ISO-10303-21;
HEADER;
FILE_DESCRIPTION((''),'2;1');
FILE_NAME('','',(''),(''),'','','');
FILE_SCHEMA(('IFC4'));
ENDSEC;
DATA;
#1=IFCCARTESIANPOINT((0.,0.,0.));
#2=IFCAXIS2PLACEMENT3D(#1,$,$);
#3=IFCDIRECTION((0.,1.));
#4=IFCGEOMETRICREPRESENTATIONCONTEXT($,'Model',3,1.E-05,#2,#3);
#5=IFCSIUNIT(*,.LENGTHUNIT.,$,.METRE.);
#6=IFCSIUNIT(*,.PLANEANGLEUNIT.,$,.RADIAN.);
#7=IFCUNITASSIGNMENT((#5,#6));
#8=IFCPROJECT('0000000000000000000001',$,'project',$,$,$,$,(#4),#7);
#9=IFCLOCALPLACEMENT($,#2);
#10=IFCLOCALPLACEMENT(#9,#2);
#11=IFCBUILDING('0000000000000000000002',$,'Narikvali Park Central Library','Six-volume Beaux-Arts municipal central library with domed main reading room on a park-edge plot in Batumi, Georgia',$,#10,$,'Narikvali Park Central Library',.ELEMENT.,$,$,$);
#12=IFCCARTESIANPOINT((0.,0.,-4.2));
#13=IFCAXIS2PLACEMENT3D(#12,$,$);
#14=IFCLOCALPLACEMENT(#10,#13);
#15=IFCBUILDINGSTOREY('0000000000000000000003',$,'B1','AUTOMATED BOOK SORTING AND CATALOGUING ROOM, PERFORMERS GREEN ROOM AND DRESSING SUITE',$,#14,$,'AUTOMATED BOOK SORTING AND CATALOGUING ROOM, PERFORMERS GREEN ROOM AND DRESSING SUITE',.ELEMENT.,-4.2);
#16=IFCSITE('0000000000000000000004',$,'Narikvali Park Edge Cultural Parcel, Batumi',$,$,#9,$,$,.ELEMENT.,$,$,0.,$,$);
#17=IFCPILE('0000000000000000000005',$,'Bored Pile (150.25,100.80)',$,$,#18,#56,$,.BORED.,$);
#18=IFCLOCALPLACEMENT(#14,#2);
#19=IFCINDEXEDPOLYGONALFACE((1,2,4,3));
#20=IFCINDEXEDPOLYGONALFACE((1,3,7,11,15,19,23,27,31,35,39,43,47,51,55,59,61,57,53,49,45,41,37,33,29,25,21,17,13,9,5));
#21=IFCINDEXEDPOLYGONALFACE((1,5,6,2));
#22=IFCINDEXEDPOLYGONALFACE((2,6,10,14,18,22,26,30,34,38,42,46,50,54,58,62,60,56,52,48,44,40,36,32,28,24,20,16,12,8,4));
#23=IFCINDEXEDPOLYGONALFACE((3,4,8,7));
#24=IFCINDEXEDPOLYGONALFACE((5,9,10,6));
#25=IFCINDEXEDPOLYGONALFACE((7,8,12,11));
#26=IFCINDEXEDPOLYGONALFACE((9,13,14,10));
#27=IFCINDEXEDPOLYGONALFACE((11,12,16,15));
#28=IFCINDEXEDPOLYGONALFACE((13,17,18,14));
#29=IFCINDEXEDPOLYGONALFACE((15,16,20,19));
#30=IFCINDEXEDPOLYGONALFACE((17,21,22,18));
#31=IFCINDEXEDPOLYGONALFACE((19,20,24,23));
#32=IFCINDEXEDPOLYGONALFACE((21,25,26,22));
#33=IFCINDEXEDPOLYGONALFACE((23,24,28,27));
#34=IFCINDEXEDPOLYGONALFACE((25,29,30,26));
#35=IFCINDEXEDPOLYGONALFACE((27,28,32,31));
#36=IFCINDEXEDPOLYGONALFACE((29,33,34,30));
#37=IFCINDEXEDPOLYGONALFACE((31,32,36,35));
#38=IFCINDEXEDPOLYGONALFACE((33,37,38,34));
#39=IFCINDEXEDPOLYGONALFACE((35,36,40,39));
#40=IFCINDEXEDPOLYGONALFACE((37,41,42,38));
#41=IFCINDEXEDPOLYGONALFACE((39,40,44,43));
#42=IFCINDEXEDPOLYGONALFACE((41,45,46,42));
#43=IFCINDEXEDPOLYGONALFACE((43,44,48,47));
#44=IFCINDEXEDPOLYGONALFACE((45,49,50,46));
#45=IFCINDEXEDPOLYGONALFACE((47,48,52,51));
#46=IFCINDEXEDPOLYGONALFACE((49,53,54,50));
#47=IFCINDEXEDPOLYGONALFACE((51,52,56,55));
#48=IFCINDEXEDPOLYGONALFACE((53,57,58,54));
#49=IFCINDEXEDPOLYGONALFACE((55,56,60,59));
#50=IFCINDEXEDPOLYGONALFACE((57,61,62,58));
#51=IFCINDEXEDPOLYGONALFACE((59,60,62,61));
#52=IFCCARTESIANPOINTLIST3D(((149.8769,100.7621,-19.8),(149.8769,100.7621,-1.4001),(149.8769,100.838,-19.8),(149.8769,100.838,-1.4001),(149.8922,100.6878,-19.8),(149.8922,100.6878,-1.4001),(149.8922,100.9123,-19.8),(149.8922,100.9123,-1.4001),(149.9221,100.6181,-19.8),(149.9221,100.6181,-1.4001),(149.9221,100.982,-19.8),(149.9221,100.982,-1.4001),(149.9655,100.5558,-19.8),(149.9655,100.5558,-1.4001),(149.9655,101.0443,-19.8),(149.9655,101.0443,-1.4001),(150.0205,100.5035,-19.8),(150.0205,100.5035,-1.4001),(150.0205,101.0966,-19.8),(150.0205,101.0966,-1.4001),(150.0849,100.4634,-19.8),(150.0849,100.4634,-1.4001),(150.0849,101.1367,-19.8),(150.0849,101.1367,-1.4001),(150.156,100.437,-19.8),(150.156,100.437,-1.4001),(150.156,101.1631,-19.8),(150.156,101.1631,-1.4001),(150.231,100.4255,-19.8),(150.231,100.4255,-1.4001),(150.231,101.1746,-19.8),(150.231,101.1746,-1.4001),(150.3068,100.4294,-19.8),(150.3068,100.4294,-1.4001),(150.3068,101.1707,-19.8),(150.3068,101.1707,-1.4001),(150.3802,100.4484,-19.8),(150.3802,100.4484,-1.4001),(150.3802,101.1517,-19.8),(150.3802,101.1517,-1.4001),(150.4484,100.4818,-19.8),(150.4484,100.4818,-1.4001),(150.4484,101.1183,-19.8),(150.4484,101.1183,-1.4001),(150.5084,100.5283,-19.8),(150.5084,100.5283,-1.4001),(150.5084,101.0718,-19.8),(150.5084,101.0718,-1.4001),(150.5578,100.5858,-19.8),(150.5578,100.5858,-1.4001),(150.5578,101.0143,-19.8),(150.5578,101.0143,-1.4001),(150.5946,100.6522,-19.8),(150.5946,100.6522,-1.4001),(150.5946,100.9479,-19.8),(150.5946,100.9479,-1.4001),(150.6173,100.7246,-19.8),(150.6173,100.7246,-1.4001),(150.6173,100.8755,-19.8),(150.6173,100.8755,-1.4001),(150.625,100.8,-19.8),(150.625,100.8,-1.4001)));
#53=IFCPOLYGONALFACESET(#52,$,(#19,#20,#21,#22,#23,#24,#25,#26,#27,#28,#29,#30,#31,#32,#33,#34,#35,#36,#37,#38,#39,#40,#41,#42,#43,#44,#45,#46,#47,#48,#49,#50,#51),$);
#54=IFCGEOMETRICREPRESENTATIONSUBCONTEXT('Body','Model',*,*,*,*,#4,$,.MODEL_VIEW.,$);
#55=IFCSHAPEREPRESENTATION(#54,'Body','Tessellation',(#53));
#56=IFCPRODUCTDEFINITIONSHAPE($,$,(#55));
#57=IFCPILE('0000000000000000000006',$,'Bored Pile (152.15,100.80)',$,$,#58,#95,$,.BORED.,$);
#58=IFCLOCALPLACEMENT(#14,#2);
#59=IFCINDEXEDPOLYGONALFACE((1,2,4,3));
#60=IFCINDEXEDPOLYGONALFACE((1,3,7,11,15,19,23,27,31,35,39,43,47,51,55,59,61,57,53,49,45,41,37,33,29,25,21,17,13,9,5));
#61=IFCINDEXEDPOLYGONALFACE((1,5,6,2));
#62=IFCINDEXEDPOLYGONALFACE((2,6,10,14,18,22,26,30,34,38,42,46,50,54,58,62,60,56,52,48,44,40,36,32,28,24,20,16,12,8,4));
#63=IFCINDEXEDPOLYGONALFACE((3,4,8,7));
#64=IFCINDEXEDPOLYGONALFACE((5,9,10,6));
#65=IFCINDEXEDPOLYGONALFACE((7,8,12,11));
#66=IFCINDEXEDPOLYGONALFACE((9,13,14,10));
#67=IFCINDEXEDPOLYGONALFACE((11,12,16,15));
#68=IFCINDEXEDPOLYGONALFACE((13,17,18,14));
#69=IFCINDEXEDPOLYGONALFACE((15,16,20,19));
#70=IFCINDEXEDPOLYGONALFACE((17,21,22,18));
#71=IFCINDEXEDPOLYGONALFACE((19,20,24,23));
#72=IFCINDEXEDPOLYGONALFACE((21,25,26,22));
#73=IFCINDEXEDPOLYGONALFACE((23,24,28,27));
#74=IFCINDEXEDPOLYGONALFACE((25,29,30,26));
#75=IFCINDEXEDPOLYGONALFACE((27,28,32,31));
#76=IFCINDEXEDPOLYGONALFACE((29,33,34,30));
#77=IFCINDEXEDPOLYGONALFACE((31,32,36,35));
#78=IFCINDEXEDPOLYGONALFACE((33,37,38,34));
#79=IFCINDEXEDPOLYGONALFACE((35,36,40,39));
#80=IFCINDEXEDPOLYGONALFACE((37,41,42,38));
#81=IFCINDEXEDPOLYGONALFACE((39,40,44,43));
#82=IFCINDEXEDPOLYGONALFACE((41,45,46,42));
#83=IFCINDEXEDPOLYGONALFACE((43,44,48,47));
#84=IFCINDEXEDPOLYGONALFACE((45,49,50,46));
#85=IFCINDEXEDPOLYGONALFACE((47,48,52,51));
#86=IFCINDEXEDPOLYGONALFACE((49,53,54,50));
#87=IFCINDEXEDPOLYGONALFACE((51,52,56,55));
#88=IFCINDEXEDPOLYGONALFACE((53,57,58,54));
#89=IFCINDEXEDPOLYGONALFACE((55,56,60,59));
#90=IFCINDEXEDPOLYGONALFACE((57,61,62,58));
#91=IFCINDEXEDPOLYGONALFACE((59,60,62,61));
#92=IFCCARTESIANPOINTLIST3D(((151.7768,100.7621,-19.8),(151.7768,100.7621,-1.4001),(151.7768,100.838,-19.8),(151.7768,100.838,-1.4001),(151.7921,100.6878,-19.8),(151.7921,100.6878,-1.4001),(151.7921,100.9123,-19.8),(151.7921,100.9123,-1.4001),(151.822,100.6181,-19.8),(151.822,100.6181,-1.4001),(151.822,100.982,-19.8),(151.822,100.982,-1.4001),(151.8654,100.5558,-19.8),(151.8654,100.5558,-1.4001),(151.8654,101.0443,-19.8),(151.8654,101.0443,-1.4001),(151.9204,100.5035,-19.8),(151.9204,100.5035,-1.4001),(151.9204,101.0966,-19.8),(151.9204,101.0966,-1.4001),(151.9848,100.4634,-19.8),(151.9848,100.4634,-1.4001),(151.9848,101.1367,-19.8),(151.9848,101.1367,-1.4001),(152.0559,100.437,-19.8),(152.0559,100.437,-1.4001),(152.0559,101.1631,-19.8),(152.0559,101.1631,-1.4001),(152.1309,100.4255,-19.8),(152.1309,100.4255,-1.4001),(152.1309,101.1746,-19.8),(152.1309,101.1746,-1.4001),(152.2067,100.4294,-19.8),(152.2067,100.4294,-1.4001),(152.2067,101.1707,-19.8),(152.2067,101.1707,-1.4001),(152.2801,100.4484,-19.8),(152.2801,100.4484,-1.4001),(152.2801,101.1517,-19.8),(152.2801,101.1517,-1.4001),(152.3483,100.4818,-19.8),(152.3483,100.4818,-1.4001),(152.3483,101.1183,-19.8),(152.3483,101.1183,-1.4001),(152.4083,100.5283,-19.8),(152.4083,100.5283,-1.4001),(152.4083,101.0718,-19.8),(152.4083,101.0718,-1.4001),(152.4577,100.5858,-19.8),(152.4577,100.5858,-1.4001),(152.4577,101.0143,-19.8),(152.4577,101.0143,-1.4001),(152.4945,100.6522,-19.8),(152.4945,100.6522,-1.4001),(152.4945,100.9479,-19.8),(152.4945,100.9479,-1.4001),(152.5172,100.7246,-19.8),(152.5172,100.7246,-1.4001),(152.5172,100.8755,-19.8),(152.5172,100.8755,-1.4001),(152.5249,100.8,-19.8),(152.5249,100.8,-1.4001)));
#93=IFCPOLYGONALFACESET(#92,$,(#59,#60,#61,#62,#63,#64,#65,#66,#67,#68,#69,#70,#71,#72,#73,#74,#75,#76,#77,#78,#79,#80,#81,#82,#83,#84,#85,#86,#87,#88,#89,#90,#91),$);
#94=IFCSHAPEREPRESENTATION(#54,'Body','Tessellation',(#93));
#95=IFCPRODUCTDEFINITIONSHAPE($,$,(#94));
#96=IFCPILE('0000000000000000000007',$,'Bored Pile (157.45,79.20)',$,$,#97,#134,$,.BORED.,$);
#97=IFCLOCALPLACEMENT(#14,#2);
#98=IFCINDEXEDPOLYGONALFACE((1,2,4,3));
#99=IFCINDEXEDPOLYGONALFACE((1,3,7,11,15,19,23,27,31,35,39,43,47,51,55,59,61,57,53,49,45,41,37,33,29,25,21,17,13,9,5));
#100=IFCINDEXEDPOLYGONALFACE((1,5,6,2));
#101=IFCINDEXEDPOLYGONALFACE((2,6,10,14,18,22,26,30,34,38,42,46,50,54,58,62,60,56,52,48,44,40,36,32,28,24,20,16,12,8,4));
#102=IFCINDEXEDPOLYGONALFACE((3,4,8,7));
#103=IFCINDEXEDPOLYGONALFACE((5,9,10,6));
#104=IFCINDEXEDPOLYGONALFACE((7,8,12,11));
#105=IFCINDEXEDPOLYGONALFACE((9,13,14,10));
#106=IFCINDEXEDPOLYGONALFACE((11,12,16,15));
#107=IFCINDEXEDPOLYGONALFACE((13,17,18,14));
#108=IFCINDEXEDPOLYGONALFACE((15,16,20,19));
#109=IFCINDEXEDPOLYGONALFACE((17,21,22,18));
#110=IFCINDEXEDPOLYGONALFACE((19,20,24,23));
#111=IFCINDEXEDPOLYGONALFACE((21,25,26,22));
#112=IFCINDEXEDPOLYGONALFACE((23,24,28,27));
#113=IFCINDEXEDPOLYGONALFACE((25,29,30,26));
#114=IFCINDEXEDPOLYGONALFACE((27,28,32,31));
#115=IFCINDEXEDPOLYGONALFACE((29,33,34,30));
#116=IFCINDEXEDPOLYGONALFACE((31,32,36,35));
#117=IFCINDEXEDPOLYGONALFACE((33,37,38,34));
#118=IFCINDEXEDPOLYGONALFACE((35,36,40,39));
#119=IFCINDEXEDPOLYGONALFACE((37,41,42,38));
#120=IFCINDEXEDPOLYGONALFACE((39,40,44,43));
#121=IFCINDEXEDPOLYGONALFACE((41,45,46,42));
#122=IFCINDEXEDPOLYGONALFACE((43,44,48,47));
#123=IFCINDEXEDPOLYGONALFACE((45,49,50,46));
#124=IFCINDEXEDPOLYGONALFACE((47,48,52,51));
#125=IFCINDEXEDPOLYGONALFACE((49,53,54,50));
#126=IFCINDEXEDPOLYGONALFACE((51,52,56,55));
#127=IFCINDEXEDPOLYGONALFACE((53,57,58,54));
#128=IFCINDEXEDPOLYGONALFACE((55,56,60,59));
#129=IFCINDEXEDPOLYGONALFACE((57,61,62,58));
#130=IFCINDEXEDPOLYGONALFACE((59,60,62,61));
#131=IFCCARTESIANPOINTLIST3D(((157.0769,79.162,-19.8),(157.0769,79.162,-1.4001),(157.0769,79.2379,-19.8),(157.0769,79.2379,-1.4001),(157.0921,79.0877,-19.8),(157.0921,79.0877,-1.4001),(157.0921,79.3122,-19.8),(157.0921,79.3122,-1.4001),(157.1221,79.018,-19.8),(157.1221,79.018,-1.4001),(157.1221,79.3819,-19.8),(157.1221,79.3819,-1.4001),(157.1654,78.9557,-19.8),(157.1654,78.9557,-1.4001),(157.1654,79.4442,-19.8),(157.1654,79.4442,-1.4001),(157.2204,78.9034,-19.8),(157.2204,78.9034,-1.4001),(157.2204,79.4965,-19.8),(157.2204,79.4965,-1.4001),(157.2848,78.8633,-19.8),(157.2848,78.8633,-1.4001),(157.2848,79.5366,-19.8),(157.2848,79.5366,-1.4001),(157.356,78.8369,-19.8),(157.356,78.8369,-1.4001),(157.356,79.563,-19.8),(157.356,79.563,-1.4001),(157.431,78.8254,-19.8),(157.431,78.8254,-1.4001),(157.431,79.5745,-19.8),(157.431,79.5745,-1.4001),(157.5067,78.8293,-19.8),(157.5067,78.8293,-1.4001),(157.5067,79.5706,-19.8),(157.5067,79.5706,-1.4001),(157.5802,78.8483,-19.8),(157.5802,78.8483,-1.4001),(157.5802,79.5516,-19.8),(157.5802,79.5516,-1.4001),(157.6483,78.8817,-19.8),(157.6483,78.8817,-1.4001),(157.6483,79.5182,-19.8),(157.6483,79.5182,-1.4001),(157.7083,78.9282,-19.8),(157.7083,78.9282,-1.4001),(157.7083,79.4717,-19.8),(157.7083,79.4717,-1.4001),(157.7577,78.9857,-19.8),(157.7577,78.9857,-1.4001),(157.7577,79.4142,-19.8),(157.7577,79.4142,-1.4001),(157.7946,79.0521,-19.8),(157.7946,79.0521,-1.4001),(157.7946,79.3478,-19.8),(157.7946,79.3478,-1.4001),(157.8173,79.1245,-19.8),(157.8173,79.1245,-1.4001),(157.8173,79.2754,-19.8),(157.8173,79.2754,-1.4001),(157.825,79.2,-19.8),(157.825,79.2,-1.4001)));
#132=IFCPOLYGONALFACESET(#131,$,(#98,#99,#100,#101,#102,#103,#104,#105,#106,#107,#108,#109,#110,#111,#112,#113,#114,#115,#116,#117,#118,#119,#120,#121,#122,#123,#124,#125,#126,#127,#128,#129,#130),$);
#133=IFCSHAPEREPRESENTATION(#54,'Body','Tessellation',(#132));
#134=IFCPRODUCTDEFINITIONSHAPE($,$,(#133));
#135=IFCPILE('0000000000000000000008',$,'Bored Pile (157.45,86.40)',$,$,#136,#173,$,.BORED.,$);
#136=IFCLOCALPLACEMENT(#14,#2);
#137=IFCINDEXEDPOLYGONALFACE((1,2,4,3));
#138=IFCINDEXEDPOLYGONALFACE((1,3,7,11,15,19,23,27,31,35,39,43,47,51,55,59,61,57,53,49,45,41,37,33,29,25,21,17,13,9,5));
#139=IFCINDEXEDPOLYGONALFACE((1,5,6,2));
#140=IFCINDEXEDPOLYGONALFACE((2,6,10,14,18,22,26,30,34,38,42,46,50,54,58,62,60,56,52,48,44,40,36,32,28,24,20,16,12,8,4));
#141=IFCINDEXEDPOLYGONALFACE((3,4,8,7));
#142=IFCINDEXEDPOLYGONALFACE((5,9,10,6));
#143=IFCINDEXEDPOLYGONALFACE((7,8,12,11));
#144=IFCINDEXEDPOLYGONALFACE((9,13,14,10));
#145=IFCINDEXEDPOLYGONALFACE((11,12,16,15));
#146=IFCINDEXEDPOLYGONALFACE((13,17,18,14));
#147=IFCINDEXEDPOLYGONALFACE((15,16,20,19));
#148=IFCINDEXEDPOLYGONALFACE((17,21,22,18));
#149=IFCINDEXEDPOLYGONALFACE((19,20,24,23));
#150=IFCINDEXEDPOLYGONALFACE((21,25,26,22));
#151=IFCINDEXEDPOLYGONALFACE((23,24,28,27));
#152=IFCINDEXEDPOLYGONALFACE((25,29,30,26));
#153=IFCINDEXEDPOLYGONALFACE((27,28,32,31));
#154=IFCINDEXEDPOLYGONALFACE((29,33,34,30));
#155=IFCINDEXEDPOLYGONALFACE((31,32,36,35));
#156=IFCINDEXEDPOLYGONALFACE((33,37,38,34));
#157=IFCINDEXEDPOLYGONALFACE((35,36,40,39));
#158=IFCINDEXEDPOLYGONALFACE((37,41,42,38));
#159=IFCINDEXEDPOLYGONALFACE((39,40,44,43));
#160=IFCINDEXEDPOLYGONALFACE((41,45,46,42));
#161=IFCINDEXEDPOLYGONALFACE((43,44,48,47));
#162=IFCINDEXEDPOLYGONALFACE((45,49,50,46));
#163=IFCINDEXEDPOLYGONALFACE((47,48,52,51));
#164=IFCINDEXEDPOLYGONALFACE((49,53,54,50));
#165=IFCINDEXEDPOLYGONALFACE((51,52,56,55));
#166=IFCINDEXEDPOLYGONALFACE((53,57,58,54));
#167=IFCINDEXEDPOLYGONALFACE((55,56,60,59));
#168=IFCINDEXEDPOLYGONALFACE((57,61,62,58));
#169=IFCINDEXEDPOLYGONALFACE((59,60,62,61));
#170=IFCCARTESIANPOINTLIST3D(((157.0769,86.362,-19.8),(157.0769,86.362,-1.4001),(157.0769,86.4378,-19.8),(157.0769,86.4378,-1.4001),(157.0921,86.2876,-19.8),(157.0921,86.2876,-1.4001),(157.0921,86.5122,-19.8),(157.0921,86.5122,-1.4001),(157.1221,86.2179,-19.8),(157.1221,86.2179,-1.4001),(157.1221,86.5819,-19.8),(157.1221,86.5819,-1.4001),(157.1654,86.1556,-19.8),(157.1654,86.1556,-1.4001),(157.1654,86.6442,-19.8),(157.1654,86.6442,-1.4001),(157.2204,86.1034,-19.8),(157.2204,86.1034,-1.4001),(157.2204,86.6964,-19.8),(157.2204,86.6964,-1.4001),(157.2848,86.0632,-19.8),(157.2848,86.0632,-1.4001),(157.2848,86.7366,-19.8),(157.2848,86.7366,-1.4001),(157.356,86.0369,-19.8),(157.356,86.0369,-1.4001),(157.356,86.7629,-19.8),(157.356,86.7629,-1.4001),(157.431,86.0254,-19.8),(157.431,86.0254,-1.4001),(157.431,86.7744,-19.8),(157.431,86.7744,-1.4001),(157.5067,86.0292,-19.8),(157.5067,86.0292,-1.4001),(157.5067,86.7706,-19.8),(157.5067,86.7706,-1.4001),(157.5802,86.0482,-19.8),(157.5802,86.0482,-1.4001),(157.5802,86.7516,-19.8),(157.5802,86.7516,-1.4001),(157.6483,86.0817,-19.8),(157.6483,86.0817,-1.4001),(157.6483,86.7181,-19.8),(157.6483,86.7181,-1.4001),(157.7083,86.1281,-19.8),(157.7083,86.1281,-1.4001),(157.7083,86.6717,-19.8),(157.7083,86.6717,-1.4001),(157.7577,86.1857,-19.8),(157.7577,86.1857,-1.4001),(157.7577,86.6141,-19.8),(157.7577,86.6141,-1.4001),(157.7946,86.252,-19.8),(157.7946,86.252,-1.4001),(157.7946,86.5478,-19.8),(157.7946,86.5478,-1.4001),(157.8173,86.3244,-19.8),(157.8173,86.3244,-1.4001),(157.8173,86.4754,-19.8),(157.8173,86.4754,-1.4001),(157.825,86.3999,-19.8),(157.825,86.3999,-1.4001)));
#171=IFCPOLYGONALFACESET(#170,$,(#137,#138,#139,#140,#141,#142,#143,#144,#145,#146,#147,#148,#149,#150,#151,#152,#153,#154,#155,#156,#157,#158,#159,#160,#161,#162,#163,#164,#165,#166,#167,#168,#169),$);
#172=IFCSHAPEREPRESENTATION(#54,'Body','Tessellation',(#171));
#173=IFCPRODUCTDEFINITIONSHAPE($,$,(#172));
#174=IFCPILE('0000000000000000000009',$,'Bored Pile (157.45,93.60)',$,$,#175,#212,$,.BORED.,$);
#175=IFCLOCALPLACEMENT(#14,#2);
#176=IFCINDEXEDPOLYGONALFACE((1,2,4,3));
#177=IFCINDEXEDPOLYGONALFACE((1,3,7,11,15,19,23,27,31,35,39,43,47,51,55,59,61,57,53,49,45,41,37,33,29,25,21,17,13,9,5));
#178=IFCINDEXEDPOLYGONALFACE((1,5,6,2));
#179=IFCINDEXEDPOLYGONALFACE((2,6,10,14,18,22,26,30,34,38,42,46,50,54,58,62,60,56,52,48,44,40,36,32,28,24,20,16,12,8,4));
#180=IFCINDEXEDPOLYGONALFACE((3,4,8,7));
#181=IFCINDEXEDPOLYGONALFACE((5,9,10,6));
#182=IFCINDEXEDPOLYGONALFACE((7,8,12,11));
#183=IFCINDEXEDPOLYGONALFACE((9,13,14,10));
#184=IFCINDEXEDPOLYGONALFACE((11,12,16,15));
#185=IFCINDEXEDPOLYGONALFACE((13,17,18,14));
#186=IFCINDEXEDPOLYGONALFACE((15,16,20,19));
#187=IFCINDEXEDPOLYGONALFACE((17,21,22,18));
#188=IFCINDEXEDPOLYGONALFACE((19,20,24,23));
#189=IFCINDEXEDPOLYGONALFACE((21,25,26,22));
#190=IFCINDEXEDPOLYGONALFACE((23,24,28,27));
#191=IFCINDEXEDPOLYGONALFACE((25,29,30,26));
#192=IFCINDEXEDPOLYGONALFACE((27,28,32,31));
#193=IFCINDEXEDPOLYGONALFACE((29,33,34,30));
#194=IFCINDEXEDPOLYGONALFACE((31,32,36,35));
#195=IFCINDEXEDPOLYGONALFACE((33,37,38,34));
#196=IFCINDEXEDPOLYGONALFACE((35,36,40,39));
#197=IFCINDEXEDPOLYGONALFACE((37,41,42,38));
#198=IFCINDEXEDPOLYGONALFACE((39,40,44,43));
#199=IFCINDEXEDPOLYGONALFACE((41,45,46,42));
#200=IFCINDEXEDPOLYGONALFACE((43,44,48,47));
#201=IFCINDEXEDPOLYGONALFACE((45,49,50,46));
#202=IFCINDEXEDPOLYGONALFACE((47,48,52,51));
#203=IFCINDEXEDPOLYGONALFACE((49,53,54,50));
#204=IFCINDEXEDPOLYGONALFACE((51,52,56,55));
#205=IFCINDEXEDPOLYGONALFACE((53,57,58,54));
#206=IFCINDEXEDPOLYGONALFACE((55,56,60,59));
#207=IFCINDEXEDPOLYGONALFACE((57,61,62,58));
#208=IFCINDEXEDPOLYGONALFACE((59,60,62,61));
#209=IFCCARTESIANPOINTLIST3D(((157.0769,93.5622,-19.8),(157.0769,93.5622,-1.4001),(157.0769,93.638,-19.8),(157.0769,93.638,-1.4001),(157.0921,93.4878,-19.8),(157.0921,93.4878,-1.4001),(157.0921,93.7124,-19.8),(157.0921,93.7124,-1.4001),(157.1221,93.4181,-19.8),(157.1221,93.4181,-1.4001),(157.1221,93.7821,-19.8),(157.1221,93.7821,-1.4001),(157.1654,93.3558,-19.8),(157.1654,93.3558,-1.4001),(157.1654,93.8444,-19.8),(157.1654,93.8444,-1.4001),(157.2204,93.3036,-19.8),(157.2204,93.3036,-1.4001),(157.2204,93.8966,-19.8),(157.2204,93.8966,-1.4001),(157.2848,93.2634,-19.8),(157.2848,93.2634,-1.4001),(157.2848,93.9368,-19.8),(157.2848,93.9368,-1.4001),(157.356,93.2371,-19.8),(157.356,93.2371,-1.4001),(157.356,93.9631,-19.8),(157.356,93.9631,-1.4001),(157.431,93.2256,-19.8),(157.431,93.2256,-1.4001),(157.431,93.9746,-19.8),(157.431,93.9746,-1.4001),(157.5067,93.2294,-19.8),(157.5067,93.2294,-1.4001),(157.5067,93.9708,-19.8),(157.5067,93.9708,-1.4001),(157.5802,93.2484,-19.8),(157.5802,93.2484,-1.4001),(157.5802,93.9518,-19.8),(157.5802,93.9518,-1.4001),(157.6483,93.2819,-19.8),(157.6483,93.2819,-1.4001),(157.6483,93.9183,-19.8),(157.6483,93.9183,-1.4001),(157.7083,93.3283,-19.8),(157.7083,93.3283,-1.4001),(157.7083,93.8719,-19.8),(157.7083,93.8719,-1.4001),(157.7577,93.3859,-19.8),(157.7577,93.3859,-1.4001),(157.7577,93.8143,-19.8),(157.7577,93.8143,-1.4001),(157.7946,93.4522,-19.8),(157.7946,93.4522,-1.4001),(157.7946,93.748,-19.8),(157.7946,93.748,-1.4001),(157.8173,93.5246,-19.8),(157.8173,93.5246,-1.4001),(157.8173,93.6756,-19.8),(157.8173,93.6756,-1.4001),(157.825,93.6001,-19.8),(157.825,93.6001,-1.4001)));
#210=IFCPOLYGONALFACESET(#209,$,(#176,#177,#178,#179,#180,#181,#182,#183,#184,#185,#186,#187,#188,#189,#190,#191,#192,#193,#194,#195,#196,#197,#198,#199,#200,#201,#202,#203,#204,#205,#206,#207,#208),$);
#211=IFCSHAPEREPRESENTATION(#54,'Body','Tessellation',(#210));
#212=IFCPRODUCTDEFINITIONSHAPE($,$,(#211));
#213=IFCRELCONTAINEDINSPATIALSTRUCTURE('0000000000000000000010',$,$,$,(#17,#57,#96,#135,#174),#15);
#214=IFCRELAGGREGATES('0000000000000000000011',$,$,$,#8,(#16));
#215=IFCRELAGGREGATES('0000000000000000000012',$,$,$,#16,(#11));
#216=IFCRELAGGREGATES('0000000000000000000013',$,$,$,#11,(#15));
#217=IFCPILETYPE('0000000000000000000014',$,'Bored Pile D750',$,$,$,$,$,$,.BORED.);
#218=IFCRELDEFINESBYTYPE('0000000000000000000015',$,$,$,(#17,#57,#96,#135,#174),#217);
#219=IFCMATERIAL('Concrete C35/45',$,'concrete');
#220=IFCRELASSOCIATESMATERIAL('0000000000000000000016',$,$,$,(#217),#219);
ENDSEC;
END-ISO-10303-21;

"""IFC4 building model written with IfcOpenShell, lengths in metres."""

from ifc_helpers import new_model, si_unit, direction, frame, origin, origin_2d, place, context, subcontext, project, spatial, circle, extrude, material, material_profile, profile_set, type_object, element, save


model = new_model("IFC4")

# Units and contexts
model_context = context("Model", 3, precision=1e-05, world=origin(), true_north=direction((0.0, 1.0)))
body_context = subcontext(model_context, "Body", "Model", "MODEL_VIEW")
ifc_project = project(units=[si_unit("LENGTHUNIT", "METRE"), si_unit("PLANEANGLEUNIT", "RADIAN")], contexts=[model_context])

# Site, building, storey
site_placement = place(None, origin())
site = spatial("IfcSite", under=ifc_project, at=site_placement, Name="Narikvali Park Edge Cultural Parcel, Batumi", CompositionType="ELEMENT", RefElevation=0.0)
building_placement = place(site_placement, origin())
building = spatial("IfcBuilding", under=site, at=building_placement, Name="Narikvali Park Central Library", Description="Six-volume Beaux-Arts municipal central library with domed main reading room on a park-edge plot in Batumi, Georgia", LongName="Narikvali Park Central Library", CompositionType="ELEMENT")
storey_placement = place(building_placement, frame((0.0, 0.0, -4.2)))
storey = spatial("IfcBuildingStorey", under=building, at=storey_placement, Name="B1", Description="AUTOMATED BOOK SORTING AND CATALOGUING ROOM, PERFORMERS GREEN ROOM AND DRESSING SUITE", LongName="AUTOMATED BOOK SORTING AND CATALOGUING ROOM, PERFORMERS GREEN ROOM AND DRESSING SUITE", CompositionType="ELEMENT", Elevation=-4.2)

# Piles
ifc_material_1 = material(Name="Concrete C35/45", Category="concrete")
ifc_material_profile_1 = material_profile(ifc_material_1, circle(Radius=0.375, at=origin_2d()), Name="PILE D750")
ifc_profile_set_1 = profile_set([ifc_material_profile_1], Name="Concrete C35/45")
pile_type = type_object("IfcPileType", Name="Bored Pile D750", PredefinedType="BORED", material=ifc_profile_set_1)
for number, where, z_axis, x_axis, name in (
    (1, (150.25, 100.8, -1.4001), (0.0, 0.0, -1.0), (1.0, 0.0, 0.0), "Bored Pile (150.25,100.80)"),
    (2, (152.1499, 100.8, -1.4001), (0.0, 0.0, -1.0), (1.0, 0.0, 0.0), "Bored Pile (152.15,100.80)"),
    (3, (157.45, 79.2, -1.4001), (0.0, 0.0, -1.0), (1.0, 0.0, 0.0), "Bored Pile (157.45,79.20)"),
    (4, (157.45, 86.3999, -1.4001), (0.0, 0.0, -1.0), (1.0, 0.0, 0.0), "Bored Pile (157.45,86.40)"),
    (5, (157.45, 93.6001, -1.4001), (0.0, 0.0, -1.0), (1.0, 0.0, 0.0), "Bored Pile (157.45,93.60)"),
):
    element("IfcPile", number, at=place(storey_placement, frame(where, z_axis=z_axis, x_axis=x_axis)), inside=storey, type_object=pile_type, Name=name, PredefinedType="BORED", context=body_context, shape_type="SweptSolid", body=[
        extrude(circle(Radius=0.375, at=origin_2d()), origin(), (0.0, 0.0, 1.0), 18.3999),
    ])

save(model, "model.ifc")
